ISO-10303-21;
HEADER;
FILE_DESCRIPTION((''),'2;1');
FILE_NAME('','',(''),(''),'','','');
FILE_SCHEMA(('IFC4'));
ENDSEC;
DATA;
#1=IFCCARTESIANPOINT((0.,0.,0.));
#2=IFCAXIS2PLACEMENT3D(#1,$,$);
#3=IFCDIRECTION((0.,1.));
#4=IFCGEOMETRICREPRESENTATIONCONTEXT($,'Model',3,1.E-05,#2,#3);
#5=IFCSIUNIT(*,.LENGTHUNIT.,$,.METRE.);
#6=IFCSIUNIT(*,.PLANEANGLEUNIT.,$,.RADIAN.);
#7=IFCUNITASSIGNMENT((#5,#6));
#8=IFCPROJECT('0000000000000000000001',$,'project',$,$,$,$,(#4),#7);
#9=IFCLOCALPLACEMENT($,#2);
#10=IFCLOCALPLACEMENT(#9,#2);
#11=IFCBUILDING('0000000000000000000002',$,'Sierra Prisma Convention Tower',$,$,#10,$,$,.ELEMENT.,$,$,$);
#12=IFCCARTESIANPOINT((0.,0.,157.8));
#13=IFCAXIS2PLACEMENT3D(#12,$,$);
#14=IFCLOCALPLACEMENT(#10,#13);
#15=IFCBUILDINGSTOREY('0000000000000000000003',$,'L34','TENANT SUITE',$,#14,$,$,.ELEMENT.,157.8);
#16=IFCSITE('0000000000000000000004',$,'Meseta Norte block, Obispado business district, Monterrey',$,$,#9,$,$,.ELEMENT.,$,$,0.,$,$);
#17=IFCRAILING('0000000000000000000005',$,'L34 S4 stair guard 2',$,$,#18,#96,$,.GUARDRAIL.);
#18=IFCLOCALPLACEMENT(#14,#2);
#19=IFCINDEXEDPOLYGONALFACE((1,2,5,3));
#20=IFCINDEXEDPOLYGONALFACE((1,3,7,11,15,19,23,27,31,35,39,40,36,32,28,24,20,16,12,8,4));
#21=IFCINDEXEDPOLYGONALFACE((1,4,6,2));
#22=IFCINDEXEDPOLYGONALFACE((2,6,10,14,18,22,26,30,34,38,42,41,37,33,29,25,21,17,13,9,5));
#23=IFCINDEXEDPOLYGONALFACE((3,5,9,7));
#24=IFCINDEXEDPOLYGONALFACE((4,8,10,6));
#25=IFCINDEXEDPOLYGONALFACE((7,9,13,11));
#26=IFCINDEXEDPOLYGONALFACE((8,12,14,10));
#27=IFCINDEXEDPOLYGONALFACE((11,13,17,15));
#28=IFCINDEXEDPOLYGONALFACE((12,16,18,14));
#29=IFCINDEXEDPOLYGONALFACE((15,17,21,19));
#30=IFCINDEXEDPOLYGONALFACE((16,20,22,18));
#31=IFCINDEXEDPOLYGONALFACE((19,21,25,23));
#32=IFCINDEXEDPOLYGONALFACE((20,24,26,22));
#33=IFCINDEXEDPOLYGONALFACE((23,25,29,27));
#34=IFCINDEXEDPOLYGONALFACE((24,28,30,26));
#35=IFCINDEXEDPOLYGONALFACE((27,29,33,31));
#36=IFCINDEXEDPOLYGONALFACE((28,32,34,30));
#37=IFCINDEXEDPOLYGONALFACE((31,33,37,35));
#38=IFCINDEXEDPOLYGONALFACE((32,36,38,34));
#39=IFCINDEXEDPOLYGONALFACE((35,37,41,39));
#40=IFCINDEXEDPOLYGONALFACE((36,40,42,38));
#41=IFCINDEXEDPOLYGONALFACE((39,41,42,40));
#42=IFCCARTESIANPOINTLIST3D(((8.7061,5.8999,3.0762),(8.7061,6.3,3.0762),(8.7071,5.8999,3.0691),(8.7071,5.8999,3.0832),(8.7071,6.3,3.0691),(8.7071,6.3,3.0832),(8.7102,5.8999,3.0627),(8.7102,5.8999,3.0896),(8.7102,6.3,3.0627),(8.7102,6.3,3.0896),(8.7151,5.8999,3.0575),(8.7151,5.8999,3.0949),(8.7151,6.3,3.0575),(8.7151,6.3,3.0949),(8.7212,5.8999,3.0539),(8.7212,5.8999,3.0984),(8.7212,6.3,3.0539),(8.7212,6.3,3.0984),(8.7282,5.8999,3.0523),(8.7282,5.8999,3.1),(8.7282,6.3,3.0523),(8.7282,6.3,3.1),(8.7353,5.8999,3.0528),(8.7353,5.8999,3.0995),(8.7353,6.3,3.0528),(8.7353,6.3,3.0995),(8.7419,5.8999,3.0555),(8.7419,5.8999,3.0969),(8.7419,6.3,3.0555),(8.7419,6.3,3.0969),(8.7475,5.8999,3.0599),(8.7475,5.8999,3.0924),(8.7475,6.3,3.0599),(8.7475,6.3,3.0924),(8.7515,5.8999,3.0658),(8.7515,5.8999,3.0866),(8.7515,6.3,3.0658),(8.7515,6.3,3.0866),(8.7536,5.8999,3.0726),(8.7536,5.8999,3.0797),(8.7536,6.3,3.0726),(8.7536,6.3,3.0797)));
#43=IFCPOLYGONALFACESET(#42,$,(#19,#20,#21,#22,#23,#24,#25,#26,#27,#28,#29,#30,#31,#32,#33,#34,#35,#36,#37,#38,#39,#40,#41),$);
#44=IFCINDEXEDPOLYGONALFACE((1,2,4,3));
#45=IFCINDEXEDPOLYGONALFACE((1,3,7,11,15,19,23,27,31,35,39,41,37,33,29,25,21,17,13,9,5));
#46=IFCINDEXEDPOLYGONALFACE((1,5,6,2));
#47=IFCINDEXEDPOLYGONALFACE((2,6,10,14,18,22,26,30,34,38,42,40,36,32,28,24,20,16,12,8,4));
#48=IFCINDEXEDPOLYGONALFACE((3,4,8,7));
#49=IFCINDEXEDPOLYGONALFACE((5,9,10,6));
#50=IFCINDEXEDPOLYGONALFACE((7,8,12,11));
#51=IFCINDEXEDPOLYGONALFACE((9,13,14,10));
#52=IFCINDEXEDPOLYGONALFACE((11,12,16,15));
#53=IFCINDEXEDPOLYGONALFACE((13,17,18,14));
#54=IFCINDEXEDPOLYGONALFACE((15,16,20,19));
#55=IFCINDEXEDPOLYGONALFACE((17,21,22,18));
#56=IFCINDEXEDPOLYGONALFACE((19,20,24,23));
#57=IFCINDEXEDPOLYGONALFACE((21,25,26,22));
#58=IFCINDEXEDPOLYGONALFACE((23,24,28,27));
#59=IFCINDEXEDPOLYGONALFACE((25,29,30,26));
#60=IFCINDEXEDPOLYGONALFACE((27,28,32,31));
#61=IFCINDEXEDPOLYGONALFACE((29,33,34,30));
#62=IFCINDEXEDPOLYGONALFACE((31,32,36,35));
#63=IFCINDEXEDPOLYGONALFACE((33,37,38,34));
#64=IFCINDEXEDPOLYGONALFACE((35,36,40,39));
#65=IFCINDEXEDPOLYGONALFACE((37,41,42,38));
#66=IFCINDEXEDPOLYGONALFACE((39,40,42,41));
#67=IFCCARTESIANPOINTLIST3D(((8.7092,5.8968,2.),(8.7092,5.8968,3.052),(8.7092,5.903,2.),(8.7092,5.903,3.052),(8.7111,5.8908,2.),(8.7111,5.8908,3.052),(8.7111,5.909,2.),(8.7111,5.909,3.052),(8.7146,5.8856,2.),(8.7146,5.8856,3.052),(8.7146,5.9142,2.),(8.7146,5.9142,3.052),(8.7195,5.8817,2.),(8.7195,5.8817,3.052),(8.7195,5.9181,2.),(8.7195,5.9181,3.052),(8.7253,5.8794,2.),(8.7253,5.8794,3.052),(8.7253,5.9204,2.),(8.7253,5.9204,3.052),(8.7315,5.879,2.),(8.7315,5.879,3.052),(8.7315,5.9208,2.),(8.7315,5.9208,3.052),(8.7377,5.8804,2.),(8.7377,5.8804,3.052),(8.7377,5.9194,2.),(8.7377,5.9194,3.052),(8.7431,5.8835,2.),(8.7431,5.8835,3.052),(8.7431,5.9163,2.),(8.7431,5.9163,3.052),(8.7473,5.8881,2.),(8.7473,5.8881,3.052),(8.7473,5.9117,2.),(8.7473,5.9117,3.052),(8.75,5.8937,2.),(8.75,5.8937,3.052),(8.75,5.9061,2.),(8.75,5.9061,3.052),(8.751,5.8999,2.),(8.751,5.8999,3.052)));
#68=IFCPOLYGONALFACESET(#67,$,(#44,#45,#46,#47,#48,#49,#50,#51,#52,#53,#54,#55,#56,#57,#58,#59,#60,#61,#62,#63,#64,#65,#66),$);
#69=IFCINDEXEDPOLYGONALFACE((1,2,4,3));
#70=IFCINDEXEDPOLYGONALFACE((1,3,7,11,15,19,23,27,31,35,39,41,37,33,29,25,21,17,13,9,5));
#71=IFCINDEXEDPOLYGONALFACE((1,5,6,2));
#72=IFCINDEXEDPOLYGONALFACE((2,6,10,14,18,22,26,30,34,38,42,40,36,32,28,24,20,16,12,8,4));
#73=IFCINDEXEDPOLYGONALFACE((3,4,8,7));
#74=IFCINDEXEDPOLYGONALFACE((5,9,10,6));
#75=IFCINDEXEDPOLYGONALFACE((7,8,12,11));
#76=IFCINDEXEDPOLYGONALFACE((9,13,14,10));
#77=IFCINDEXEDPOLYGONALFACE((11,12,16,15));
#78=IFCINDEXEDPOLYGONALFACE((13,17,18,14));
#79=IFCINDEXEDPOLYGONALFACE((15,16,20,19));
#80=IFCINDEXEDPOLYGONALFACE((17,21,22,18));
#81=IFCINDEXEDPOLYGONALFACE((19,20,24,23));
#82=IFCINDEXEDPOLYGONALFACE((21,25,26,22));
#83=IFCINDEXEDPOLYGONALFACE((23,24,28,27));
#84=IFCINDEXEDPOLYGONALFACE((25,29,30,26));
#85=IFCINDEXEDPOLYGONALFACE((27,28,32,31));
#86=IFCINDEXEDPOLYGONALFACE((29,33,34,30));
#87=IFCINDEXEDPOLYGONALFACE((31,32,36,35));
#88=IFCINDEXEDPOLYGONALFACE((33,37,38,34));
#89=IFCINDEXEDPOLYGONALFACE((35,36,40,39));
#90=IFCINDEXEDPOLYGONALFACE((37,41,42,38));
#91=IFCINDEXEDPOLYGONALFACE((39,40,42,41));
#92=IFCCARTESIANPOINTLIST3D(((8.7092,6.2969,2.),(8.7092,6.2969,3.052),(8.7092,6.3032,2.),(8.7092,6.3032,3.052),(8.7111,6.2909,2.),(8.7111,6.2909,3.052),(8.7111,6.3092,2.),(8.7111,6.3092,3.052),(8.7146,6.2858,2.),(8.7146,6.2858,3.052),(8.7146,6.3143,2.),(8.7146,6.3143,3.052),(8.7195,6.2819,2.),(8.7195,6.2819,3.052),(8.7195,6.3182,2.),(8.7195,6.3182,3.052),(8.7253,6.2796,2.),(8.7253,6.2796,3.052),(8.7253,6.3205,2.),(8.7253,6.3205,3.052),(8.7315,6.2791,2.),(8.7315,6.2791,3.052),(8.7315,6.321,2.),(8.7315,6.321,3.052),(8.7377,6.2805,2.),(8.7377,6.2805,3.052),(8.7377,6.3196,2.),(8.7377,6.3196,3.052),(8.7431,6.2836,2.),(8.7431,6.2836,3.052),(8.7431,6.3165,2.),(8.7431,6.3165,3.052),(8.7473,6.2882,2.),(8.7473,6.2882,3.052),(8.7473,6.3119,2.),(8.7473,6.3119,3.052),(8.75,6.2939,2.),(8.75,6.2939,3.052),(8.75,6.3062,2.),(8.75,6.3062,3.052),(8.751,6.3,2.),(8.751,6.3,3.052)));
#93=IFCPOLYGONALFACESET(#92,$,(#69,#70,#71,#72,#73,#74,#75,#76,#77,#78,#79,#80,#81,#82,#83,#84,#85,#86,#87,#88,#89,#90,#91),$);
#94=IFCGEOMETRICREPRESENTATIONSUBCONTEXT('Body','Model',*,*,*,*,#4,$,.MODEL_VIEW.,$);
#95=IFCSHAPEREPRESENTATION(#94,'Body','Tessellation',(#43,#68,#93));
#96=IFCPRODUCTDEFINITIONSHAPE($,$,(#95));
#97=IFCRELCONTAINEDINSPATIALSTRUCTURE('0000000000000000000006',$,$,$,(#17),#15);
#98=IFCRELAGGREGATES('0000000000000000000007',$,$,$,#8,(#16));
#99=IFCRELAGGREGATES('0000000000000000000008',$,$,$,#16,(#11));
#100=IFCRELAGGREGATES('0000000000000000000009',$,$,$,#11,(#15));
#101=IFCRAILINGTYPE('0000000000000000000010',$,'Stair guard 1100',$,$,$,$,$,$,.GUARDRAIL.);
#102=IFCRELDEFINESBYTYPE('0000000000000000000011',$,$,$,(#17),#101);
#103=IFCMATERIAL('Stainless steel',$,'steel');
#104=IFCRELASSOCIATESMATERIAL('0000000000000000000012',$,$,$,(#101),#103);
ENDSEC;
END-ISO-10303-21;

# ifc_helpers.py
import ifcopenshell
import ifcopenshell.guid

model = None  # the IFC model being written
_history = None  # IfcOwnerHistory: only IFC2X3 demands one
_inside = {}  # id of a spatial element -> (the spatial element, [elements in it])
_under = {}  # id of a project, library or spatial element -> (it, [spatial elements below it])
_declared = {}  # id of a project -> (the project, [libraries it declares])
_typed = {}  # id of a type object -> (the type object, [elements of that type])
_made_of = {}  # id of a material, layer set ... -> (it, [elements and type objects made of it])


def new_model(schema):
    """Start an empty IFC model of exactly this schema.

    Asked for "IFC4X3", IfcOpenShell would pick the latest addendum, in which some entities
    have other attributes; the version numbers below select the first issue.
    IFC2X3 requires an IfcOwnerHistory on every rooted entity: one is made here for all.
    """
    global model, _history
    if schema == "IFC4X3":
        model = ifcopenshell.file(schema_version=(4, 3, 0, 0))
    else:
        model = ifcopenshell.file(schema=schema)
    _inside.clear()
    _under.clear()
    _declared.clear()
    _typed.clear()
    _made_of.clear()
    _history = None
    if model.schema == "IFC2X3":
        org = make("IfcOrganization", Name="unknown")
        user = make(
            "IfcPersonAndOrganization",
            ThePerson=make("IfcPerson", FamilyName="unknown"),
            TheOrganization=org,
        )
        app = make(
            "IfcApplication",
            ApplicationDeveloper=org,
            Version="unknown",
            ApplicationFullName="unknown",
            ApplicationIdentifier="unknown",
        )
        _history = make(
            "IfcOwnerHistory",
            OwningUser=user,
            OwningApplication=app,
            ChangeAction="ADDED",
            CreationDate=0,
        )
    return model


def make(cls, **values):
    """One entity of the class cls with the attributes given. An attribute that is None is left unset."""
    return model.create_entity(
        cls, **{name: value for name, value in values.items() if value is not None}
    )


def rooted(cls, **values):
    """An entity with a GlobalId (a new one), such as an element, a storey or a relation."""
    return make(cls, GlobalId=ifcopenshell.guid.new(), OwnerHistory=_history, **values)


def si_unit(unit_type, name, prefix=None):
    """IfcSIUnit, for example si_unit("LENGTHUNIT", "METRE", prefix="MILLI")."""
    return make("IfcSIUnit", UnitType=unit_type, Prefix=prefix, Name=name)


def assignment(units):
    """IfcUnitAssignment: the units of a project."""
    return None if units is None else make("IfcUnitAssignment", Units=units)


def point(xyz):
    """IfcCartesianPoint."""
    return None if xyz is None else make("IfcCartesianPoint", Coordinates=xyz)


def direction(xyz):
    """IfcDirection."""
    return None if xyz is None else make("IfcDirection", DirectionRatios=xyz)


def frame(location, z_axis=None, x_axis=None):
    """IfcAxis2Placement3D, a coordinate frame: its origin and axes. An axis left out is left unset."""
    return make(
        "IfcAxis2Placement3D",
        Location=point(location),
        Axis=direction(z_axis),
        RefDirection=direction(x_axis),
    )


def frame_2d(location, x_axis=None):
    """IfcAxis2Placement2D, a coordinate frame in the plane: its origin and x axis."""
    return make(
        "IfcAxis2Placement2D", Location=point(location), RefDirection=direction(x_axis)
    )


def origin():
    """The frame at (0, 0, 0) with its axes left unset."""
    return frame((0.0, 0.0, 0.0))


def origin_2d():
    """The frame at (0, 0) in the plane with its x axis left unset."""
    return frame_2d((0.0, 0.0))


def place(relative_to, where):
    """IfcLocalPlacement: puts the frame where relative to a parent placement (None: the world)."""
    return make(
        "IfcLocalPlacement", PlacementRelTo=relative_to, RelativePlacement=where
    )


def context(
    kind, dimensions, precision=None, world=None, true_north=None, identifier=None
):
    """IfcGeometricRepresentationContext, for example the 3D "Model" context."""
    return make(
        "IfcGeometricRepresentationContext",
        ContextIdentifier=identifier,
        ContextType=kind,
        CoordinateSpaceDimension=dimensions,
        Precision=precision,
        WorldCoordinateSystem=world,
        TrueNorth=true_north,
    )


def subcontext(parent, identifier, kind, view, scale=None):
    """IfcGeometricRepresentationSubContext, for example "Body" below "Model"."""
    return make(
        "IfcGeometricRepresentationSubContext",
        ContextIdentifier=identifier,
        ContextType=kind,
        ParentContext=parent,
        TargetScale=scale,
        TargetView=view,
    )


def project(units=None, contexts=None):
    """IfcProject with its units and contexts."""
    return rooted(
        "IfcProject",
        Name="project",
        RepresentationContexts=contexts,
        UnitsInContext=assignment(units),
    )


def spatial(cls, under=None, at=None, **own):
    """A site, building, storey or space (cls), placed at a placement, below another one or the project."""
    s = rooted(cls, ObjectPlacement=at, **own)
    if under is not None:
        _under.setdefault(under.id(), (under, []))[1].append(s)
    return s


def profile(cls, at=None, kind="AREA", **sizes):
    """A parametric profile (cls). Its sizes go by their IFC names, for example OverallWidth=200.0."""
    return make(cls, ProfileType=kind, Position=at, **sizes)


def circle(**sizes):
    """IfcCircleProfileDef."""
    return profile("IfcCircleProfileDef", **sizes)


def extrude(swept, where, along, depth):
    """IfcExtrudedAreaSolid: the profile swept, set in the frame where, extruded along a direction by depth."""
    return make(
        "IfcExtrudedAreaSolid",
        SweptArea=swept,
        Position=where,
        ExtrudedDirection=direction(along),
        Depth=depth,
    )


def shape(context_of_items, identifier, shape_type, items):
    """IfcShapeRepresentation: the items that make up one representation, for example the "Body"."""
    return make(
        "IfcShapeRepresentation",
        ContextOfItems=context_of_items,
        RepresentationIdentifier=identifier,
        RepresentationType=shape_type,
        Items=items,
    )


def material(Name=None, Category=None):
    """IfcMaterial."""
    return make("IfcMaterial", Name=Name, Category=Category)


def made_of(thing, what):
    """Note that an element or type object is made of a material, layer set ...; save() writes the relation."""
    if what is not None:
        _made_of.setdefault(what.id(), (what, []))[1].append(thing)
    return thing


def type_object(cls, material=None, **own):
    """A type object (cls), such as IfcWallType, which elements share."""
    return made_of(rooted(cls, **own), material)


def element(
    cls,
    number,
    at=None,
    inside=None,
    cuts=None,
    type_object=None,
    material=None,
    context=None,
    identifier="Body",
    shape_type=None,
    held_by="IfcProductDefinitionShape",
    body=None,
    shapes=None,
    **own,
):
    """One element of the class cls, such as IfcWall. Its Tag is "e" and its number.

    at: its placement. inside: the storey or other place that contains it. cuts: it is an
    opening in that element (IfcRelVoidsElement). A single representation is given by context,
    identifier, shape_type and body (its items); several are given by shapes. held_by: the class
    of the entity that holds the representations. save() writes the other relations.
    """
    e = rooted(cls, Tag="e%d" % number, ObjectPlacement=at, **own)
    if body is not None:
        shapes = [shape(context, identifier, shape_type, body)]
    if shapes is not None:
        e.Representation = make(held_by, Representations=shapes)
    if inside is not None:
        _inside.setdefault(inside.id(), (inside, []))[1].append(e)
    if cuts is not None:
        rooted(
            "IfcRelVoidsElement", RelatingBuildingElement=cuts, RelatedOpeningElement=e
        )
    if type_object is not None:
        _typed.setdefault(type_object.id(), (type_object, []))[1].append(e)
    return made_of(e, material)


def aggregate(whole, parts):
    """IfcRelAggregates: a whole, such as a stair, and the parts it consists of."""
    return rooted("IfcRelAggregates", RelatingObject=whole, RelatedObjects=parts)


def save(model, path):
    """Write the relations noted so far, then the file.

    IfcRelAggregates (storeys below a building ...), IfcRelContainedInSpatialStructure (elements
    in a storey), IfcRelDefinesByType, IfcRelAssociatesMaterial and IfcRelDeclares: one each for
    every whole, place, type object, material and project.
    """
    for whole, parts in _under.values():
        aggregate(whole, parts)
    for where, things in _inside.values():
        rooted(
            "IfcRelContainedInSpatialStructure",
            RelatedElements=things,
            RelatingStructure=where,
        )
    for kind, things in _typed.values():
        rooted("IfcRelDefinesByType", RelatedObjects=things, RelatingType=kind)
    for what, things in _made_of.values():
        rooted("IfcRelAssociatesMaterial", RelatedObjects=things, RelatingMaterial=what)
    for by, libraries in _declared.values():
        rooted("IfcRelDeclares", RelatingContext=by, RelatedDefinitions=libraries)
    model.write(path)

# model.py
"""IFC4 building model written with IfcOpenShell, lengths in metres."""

from ifc_helpers import new_model, si_unit, direction, frame, origin, origin_2d, place, context, subcontext, project, spatial, circle, extrude, material, type_object, element, save


model = new_model("IFC4")

# Units and contexts
model_context = context("Model", 3, precision=1e-05, world=origin(), true_north=direction((0.0, 1.0)))
body_context = subcontext(model_context, "Body", "Model", "MODEL_VIEW")
ifc_project = project(units=[si_unit("LENGTHUNIT", "METRE"), si_unit("PLANEANGLEUNIT", "RADIAN")], contexts=[model_context])

# Site, building, storey
site_placement = place(None, origin())
site = spatial("IfcSite", under=ifc_project, at=site_placement, Name="Meseta Norte block, Obispado business district, Monterrey", CompositionType="ELEMENT", RefElevation=0.0)
building_placement = place(site_placement, origin())
building = spatial("IfcBuilding", under=site, at=building_placement, Name="Sierra Prisma Convention Tower", CompositionType="ELEMENT")
storey_placement = place(building_placement, frame((0.0, 0.0, 157.8)))
storey = spatial("IfcBuildingStorey", under=building, at=storey_placement, Name="L34", Description="TENANT SUITE", CompositionType="ELEMENT", Elevation=157.8)

# Railing
ifc_material_1 = material(Name="Stainless steel", Category="steel")
railing_type_1 = type_object("IfcRailingType", Name="Stair guard 1100", PredefinedType="GUARDRAIL", material=ifc_material_1)
railing_1_placement = place(storey_placement, frame((8.73, 5.8999, 2.0)))
element("IfcRailing", 1, at=railing_1_placement, inside=storey, type_object=railing_type_1, Name="L34 S4 stair guard 2", PredefinedType="GUARDRAIL", context=body_context, shape_type="SweptSolid", body=[
    extrude(circle(Radius=0.0239, at=origin_2d()), frame((0.0, 0.0, 1.0762), z_axis=(0.0, 1.0, 0.0), x_axis=(-1.0, 0.0, 0.0)), (0.0, 0.0, 1.0), 0.4001),
    extrude(circle(Radius=0.021, at=origin_2d()), origin(), (0.0, 0.0, 1.0), 1.052),
    extrude(circle(Radius=0.021, at=origin_2d()), frame((0.0, 0.4001, 0.0)), (0.0, 0.0, 1.0), 1.052),
])

save(model, "model.ifc")
